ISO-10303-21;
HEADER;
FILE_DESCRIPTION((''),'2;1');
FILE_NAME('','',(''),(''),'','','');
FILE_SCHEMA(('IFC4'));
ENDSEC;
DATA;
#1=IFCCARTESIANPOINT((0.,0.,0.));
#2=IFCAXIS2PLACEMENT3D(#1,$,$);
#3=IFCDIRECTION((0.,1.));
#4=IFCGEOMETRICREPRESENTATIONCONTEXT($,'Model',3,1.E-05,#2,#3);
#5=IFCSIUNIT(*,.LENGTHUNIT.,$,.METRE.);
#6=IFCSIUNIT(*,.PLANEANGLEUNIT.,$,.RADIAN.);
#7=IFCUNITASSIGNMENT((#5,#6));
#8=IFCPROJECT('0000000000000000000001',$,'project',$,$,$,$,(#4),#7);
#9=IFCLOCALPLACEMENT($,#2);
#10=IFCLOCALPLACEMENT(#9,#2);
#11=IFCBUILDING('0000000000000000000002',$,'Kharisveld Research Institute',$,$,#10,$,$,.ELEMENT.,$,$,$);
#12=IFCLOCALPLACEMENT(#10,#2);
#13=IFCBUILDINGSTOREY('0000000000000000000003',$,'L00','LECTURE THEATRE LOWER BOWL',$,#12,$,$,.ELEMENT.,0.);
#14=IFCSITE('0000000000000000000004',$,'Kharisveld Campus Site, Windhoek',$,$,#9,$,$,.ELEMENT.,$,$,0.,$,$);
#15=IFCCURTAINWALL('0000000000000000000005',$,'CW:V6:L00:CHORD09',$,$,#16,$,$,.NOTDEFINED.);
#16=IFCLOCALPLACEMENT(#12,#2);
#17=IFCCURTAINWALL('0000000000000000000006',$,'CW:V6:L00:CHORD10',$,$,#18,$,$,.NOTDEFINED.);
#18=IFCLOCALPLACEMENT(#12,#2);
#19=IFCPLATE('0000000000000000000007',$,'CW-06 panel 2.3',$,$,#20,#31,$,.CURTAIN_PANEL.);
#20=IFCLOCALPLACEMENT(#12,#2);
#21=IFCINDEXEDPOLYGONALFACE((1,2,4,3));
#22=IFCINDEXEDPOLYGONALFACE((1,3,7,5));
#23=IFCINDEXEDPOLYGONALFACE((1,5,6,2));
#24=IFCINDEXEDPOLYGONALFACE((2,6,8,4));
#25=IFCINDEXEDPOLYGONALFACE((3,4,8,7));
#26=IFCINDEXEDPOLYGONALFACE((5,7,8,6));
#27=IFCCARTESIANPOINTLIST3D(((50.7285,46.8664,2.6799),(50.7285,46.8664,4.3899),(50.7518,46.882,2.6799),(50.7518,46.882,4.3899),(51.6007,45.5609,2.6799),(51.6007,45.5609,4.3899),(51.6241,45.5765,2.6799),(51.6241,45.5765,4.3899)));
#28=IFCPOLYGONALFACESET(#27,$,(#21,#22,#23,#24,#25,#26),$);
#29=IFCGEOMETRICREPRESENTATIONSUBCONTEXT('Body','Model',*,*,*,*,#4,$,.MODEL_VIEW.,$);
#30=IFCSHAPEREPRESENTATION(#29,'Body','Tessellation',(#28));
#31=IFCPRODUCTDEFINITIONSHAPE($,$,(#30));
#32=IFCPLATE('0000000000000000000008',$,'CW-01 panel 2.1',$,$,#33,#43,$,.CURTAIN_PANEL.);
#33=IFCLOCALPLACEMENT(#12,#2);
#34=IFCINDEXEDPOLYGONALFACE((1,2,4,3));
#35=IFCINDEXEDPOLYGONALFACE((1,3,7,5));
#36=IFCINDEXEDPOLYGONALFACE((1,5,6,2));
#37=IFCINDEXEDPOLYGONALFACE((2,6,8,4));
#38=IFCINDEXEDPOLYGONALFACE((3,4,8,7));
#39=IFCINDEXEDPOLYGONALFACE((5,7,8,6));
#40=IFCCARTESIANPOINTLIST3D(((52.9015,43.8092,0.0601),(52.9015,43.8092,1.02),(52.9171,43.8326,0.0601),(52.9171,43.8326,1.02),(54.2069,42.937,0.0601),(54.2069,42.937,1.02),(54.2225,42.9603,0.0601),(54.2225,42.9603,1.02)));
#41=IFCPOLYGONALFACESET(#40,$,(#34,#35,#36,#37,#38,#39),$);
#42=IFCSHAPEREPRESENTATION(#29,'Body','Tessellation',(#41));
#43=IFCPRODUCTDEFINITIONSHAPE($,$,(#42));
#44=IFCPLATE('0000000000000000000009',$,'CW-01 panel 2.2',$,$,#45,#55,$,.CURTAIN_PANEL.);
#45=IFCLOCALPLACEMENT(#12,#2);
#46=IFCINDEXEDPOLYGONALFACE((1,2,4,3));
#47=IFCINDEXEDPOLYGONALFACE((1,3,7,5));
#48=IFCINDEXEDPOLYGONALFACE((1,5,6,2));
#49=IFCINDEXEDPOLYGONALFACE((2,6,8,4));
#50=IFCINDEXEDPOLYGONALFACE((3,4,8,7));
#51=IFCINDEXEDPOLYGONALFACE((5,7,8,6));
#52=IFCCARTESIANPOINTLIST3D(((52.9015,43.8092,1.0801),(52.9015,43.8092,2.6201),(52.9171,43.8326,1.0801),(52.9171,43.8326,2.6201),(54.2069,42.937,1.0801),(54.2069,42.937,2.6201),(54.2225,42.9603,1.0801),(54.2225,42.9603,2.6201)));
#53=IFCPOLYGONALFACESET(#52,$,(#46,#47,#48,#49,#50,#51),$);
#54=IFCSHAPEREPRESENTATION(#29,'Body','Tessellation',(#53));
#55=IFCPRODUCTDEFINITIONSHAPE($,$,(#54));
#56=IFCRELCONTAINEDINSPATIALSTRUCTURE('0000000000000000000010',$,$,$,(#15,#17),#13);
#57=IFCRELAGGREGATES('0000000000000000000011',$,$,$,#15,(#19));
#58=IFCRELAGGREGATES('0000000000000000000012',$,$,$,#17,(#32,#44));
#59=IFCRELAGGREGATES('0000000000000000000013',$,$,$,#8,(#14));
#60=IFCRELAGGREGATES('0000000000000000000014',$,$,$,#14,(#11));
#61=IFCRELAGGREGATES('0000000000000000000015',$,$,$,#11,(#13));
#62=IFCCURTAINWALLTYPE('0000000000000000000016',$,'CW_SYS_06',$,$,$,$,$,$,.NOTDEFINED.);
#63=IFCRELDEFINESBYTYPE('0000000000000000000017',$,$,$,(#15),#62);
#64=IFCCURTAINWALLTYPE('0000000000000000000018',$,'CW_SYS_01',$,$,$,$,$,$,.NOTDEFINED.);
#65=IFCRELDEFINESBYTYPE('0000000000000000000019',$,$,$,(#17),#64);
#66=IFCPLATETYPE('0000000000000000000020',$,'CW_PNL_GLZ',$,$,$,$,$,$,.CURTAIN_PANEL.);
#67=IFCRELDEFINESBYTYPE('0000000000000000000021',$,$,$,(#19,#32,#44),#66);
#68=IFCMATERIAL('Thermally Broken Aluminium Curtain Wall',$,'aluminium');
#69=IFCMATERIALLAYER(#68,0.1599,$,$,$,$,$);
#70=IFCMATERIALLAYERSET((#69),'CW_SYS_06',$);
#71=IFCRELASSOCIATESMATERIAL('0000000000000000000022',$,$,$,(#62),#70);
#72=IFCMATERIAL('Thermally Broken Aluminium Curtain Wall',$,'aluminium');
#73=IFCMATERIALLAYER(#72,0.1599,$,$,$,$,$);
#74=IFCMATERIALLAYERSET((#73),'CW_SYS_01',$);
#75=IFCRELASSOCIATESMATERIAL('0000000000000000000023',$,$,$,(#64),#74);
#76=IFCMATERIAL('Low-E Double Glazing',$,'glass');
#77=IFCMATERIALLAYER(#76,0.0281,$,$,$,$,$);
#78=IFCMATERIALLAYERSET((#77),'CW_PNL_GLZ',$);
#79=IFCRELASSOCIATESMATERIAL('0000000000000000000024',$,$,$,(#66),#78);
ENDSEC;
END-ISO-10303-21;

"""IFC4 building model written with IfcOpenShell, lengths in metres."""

from ifc_helpers import new_model, si_unit, direction, frame, origin, origin_2d, place, context, subcontext, project, spatial, rectangle, extrude, material, layer, layer_set, type_object, element, aggregate, save


model = new_model("IFC4")

# Units and contexts
model_context = context("Model", 3, precision=1e-05, world=origin(), true_north=direction((0.0, 1.0)))
body_context = subcontext(model_context, "Body", "Model", "MODEL_VIEW")
ifc_project = project(units=[si_unit("LENGTHUNIT", "METRE"), si_unit("PLANEANGLEUNIT", "RADIAN")], contexts=[model_context])

# Site, building, storey
site_placement = place(None, origin())
site = spatial("IfcSite", under=ifc_project, at=site_placement, Name="Kharisveld Campus Site, Windhoek", CompositionType="ELEMENT", RefElevation=0.0)
building_placement = place(site_placement, origin())
building = spatial("IfcBuilding", under=site, at=building_placement, Name="Kharisveld Research Institute", CompositionType="ELEMENT")
storey_placement = place(building_placement, origin())
storey = spatial("IfcBuildingStorey", under=building, at=storey_placement, Name="L00", Description="LECTURE THEATRE LOWER BOWL", CompositionType="ELEMENT", Elevation=0.0)

# Curtain wall
ifc_material_1 = material(Name="Thermally Broken Aluminium Curtain Wall", Category="aluminium")
ifc_layer_1 = layer(ifc_material_1, 0.1599)
ifc_layer_set_1 = layer_set([ifc_layer_1], Name="CW_SYS_06")
curtain_wall_type_1 = type_object("IfcCurtainWallType", Name="CW_SYS_06", PredefinedType="NOTDEFINED", material=ifc_layer_set_1)
curtain_wall_1_placement = place(storey_placement, origin())
curtain_wall_1 = element("IfcCurtainWall", 1, at=curtain_wall_1_placement, inside=storey, type_object=curtain_wall_type_1, Name="CW:V6:L00:CHORD09", PredefinedType="NOTDEFINED")

# Curtain wall
ifc_material_2 = material(Name="Thermally Broken Aluminium Curtain Wall", Category="aluminium")
ifc_layer_2 = layer(ifc_material_2, 0.1599)
ifc_layer_set_2 = layer_set([ifc_layer_2], Name="CW_SYS_01")
curtain_wall_type_2 = type_object("IfcCurtainWallType", Name="CW_SYS_01", PredefinedType="NOTDEFINED", material=ifc_layer_set_2)
curtain_wall_2_placement = place(storey_placement, origin())
curtain_wall_2 = element("IfcCurtainWall", 2, at=curtain_wall_2_placement, inside=storey, type_object=curtain_wall_type_2, Name="CW:V6:L00:CHORD10", PredefinedType="NOTDEFINED")

# Plates
ifc_material_3 = material(Name="Low-E Double Glazing", Category="glass")
ifc_layer_3 = layer(ifc_material_3, 0.0281)
ifc_layer_set_3 = layer_set([ifc_layer_3], Name="CW_PNL_GLZ")
plate_type = type_object("IfcPlateType", Name="CW_PNL_GLZ", PredefinedType="CURTAIN_PANEL", material=ifc_layer_set_3)
plate_1_placement = place(storey_placement, frame((51.1763, 46.2214, 2.6799), z_axis=(0.0, 0.0, 1.0), x_axis=(-0.55557, 0.83147, 0.0)))
plate_1 = element("IfcPlate", 3, at=plate_1_placement, type_object=plate_type, Name="CW-06 panel 2.3", PredefinedType="CURTAIN_PANEL", context=body_context, shape_type="SweptSolid", body=[
    extrude(rectangle(XDim=1.5701, YDim=0.0281, at=origin_2d()), origin(), (0.0, 0.0, 1.0), 1.71),
])
aggregate(curtain_wall_1, [plate_1])
plate_2_placement = place(storey_placement, frame((53.562, 43.3848, 0.0601), z_axis=(0.0, 0.0, 1.0), x_axis=(-0.83147, 0.55557, 0.0)))
plate_2 = element("IfcPlate", 4, at=plate_2_placement, type_object=plate_type, Name="CW-01 panel 2.1", PredefinedType="CURTAIN_PANEL", context=body_context, shape_type="SweptSolid", body=[
    extrude(rectangle(XDim=1.5701, YDim=0.0281, at=origin_2d()), origin(), (0.0, 0.0, 1.0), 0.96),
])
plate_3_placement = place(storey_placement, frame((53.562, 43.3848, 1.0801), z_axis=(0.0, 0.0, 1.0), x_axis=(-0.83147, 0.55557, 0.0)))
plate_3 = element("IfcPlate", 5, at=plate_3_placement, type_object=plate_type, Name="CW-01 panel 2.2", PredefinedType="CURTAIN_PANEL", context=body_context, shape_type="SweptSolid", body=[
    extrude(rectangle(XDim=1.5701, YDim=0.0281, at=origin_2d()), origin(), (0.0, 0.0, 1.0), 1.54),
])
aggregate(curtain_wall_2, [plate_2, plate_3])

save(model, "model.ifc")
